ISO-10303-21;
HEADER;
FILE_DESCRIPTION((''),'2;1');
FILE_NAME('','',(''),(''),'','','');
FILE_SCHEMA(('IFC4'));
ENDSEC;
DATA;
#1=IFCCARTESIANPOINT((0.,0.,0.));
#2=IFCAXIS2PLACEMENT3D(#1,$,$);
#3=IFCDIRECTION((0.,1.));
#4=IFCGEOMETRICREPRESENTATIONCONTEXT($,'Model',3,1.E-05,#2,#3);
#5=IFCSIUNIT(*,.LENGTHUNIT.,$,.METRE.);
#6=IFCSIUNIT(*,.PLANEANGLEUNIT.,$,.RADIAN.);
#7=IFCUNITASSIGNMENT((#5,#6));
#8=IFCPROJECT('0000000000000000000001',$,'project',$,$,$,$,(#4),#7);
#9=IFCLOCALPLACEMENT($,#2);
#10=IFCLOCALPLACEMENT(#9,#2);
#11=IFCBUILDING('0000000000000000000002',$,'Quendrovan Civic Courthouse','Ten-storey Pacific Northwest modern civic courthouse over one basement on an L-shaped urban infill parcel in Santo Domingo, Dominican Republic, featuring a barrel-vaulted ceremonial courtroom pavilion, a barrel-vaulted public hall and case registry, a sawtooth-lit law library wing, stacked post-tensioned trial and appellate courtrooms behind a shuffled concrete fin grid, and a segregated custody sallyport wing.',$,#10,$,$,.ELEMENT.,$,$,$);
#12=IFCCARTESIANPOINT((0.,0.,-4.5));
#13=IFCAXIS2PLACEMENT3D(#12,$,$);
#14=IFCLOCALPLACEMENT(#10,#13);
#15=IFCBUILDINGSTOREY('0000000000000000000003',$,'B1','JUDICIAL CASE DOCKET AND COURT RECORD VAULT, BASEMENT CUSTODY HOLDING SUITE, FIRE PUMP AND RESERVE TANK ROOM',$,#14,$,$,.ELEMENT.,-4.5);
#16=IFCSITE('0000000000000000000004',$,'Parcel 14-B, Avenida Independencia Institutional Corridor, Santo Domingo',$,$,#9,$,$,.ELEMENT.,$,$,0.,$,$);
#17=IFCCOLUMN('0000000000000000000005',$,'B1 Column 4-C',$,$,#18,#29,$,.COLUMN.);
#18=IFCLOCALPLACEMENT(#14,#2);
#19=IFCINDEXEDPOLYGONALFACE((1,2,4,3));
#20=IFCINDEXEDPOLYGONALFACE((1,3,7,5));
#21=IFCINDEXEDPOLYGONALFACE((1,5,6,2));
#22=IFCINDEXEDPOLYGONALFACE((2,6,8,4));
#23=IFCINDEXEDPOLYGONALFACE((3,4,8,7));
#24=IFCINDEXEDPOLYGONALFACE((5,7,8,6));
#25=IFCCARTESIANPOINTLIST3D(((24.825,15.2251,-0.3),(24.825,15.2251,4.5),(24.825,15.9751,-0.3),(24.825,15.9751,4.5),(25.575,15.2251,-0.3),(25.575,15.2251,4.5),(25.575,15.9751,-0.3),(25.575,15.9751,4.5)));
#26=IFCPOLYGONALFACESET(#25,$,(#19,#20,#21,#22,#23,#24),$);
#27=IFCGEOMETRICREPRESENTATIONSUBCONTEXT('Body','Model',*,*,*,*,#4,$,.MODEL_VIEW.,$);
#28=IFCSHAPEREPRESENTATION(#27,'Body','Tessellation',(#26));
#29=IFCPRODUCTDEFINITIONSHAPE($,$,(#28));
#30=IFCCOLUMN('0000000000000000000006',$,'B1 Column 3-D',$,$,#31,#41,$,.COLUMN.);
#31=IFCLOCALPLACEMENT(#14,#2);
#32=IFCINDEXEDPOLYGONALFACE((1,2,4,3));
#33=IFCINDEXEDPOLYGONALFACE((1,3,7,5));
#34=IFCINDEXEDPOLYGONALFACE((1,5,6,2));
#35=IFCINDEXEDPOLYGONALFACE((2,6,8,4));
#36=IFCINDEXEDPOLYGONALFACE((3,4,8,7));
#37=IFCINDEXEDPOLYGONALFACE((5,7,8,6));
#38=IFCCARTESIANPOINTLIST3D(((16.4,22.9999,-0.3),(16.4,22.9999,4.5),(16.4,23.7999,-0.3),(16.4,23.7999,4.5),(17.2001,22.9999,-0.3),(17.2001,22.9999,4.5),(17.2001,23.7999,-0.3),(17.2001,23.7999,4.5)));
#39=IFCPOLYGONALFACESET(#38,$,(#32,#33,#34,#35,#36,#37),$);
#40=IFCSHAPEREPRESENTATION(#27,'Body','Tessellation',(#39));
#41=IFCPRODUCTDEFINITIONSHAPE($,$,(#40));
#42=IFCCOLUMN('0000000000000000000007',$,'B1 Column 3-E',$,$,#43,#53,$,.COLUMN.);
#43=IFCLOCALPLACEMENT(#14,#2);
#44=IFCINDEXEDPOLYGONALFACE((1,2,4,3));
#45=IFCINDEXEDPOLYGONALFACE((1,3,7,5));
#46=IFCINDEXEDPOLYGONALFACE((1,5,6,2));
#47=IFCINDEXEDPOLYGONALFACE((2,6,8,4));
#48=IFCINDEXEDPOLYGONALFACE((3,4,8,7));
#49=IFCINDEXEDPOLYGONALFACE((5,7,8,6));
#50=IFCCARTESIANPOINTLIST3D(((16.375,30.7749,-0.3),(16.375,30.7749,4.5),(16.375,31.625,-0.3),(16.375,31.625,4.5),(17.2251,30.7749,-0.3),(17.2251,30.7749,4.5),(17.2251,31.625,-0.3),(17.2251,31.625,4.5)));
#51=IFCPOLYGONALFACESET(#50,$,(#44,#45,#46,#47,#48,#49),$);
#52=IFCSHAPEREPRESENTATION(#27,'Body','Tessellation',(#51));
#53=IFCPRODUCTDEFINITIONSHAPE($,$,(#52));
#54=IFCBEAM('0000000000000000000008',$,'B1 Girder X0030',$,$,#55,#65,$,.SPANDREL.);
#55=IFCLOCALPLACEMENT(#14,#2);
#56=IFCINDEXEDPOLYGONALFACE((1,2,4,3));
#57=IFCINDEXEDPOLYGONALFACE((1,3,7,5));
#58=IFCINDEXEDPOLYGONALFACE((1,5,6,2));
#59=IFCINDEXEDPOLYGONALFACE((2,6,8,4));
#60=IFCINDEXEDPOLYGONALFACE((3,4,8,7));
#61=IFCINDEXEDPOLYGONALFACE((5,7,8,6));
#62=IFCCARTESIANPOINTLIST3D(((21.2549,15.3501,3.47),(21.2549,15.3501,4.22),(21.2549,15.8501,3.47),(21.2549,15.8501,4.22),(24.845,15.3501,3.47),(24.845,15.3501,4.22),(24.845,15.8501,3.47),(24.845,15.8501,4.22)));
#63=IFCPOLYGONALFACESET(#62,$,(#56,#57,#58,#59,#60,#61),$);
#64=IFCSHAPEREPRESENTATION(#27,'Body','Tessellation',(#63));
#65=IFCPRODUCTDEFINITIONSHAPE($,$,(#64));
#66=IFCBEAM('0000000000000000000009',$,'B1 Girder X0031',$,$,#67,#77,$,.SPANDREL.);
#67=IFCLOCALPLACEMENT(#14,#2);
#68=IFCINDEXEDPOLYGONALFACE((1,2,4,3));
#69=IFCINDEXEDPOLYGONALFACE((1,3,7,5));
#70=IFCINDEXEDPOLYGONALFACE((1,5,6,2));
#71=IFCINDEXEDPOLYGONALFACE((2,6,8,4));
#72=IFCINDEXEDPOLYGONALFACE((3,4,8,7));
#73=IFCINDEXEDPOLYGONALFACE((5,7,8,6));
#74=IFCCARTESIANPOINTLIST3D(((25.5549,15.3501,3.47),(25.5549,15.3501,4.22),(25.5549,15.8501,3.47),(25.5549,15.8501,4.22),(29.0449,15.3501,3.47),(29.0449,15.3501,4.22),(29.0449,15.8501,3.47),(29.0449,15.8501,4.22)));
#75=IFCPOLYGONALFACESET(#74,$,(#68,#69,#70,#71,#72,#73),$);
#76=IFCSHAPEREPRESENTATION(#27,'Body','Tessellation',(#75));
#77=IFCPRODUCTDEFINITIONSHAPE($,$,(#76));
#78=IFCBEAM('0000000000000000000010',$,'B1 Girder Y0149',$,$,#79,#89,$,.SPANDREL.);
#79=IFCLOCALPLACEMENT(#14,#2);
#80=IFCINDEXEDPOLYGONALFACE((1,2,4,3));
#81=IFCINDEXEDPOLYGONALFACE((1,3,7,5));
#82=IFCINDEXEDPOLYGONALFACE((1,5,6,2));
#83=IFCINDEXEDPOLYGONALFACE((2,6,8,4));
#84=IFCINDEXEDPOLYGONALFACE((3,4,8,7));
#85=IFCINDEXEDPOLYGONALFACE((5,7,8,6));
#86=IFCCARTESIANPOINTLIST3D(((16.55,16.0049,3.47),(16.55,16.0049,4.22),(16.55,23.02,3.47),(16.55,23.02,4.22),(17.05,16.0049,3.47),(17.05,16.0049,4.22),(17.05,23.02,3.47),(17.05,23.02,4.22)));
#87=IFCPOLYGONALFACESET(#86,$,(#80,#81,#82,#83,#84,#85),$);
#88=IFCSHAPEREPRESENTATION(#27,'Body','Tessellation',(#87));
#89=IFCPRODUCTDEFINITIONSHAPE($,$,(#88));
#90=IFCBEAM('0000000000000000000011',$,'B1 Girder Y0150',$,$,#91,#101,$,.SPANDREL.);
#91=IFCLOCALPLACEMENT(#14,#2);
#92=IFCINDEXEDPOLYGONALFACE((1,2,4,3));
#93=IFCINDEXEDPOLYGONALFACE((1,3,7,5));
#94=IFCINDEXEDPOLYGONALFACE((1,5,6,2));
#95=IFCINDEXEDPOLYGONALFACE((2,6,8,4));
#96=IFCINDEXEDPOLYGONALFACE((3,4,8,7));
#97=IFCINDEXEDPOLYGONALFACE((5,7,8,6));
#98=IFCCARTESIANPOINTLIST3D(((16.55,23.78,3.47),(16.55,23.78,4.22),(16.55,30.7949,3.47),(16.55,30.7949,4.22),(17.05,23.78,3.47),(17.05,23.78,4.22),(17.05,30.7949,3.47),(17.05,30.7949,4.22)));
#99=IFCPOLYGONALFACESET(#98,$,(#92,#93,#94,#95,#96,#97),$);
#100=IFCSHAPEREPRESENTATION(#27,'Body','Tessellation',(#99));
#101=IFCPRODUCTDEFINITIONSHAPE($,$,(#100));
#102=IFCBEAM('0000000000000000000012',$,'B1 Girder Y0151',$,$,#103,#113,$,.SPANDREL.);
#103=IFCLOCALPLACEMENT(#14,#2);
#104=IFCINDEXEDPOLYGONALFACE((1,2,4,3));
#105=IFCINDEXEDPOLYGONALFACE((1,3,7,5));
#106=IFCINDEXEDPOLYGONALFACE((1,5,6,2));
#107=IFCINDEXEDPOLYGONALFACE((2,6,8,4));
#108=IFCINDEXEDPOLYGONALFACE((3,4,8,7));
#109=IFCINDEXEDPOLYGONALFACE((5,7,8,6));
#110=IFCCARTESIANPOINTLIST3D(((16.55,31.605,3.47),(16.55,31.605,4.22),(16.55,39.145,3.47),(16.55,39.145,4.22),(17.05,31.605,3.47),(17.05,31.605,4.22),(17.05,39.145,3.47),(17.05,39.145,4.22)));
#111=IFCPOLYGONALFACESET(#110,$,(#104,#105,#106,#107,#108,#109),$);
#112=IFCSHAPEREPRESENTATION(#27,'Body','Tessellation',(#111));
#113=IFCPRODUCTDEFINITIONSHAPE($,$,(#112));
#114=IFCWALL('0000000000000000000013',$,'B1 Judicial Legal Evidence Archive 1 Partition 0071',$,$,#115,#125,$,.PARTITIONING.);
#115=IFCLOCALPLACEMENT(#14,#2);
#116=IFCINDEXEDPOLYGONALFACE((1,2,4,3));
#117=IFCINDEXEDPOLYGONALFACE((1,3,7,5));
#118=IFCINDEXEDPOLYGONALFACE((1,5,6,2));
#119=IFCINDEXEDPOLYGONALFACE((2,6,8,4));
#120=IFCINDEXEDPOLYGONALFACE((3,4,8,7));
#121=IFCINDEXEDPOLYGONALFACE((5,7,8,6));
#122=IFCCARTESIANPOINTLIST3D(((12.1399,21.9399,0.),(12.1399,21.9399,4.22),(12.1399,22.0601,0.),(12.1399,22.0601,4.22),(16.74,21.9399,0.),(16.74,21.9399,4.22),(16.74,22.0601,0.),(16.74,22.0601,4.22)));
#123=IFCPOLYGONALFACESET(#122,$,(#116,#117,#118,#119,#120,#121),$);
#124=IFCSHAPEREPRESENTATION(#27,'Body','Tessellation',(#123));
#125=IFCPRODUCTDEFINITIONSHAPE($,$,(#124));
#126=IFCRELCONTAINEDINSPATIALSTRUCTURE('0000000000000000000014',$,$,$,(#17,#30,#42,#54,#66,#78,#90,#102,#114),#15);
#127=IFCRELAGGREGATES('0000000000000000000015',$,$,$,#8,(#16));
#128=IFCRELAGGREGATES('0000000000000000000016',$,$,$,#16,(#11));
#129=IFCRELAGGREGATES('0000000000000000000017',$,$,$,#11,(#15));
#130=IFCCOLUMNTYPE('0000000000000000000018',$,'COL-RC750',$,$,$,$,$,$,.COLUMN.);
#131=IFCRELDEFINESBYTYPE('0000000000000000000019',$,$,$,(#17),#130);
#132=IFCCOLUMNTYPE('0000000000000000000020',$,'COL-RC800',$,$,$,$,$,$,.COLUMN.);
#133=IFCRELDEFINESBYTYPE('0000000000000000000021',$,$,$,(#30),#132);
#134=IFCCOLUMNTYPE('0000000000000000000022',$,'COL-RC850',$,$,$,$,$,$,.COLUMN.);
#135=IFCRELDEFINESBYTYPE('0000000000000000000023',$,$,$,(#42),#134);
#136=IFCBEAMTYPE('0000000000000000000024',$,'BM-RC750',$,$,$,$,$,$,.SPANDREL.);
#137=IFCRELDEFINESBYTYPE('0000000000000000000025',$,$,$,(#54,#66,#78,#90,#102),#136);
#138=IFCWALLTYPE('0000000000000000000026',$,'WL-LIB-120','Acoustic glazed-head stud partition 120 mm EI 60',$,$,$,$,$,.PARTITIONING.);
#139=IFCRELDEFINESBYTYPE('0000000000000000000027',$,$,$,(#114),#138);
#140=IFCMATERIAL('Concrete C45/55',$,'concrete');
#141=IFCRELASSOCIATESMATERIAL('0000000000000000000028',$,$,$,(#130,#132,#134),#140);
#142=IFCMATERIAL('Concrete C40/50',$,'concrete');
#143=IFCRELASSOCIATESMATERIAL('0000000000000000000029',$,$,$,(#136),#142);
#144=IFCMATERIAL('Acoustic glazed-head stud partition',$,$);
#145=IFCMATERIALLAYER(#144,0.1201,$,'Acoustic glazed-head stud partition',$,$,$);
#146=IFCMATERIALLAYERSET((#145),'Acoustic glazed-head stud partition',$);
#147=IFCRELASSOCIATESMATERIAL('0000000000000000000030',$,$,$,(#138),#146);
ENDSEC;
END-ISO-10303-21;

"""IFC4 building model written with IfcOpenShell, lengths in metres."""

from ifc_helpers import new_model, si_unit, direction, frame, frame_2d, origin, origin_2d, place, context, subcontext, project, spatial, rectangle, extrude, material, layer, layer_set, material_profile, profile_set, type_object, element, save


model = new_model("IFC4")

# Units and contexts
model_context = context("Model", 3, precision=1e-05, world=origin(), true_north=direction((0.0, 1.0)))
body_context = subcontext(model_context, "Body", "Model", "MODEL_VIEW")
ifc_project = project(units=[si_unit("LENGTHUNIT", "METRE"), si_unit("PLANEANGLEUNIT", "RADIAN")], contexts=[model_context])

# Site, building, storey
site_placement = place(None, origin())
site = spatial("IfcSite", under=ifc_project, at=site_placement, Name="Parcel 14-B, Avenida Independencia Institutional Corridor, Santo Domingo", CompositionType="ELEMENT", RefElevation=0.0)
building_placement = place(site_placement, origin())
building = spatial("IfcBuilding", under=site, at=building_placement, Name="Quendrovan Civic Courthouse", Description="Ten-storey Pacific Northwest modern civic courthouse over one basement on an L-shaped urban infill parcel in Santo Domingo, Dominican Republic, featuring a barrel-vaulted ceremonial courtroom pavilion, a barrel-vaulted public hall and case registry, a sawtooth-lit law library wing, stacked post-tensioned trial and appellate courtrooms behind a shuffled concrete fin grid, and a segregated custody sallyport wing.", CompositionType="ELEMENT")
storey_placement = place(building_placement, frame((0.0, 0.0, -4.5)))
storey = spatial("IfcBuildingStorey", under=building, at=storey_placement, Name="B1", Description="JUDICIAL CASE DOCKET AND COURT RECORD VAULT, BASEMENT CUSTODY HOLDING SUITE, FIRE PUMP AND RESERVE TANK ROOM", CompositionType="ELEMENT", Elevation=-4.5)

# Columns
ifc_material_1 = material(Name="Concrete C45/55", Category="concrete")
ifc_material_profile_1 = material_profile(ifc_material_1, rectangle(XDim=0.75, YDim=0.75, at=origin_2d()), Name="RC-COL-750x750")
ifc_profile_set_1 = profile_set([ifc_material_profile_1], Name="Concrete C45/55")
column_type_1 = type_object("IfcColumnType", Name="COL-RC750", PredefinedType="COLUMN", material=ifc_profile_set_1)
column_1_placement = place(storey_placement, frame((25.2, 15.6001, -0.3), z_axis=(0.0, 0.0, 1.0), x_axis=(1.0, 0.0, 0.0)))
element("IfcColumn", 1, at=column_1_placement, inside=storey, type_object=column_type_1, Name="B1 Column 4-C", PredefinedType="COLUMN", context=body_context, shape_type="SweptSolid", body=[
    extrude(rectangle(XDim=0.75, YDim=0.75, at=origin_2d()), origin(), (0.0, 0.0, 1.0), 4.8),
])
ifc_material_profile_2 = material_profile(ifc_material_1, rectangle(XDim=0.8, YDim=0.8, at=origin_2d()), Name="RC-COL-800x800")
ifc_profile_set_2 = profile_set([ifc_material_profile_2], Name="Concrete C45/55")
column_type_2 = type_object("IfcColumnType", Name="COL-RC800", PredefinedType="COLUMN", material=ifc_profile_set_2)
column_2_placement = place(storey_placement, frame((16.8, 23.3999, -0.3), z_axis=(0.0, 0.0, 1.0), x_axis=(1.0, 0.0, 0.0)))
element("IfcColumn", 2, at=column_2_placement, inside=storey, type_object=column_type_2, Name="B1 Column 3-D", PredefinedType="COLUMN", context=body_context, shape_type="SweptSolid", body=[
    extrude(rectangle(XDim=0.8, YDim=0.8, at=origin_2d()), origin(), (0.0, 0.0, 1.0), 4.8),
])
ifc_material_profile_3 = material_profile(ifc_material_1, rectangle(XDim=0.8501, YDim=0.8501, at=origin_2d()), Name="RC-COL-850x850")
ifc_profile_set_3 = profile_set([ifc_material_profile_3], Name="Concrete C45/55")
column_type_3 = type_object("IfcColumnType", Name="COL-RC850", PredefinedType="COLUMN", material=ifc_profile_set_3)
column_3_placement = place(storey_placement, frame((16.8, 31.2, -0.3), z_axis=(0.0, 0.0, 1.0), x_axis=(1.0, 0.0, 0.0)))
element("IfcColumn", 3, at=column_3_placement, inside=storey, type_object=column_type_3, Name="B1 Column 3-E", PredefinedType="COLUMN", context=body_context, shape_type="SweptSolid", body=[
    extrude(rectangle(XDim=0.8501, YDim=0.8501, at=origin_2d()), origin(), (0.0, 0.0, 1.0), 4.8),
])

# Beams
ifc_material_2 = material(Name="Concrete C40/50", Category="concrete")
ifc_material_profile_4 = material_profile(ifc_material_2, rectangle(XDim=0.5, YDim=0.75, at=origin_2d()), Name="RC-BM-500x750")
ifc_profile_set_4 = profile_set([ifc_material_profile_4], Name="Concrete C40/50")
beam_type = type_object("IfcBeamType", Name="BM-RC750", PredefinedType="SPANDREL", material=ifc_profile_set_4)
beam_1_placement = place(storey_placement, frame((21.2549, 15.6001, 3.845), z_axis=(1.0, 0.0, 0.0), x_axis=(0.0, 1.0, 0.0)))
element("IfcBeam", 4, at=beam_1_placement, inside=storey, type_object=beam_type, Name="B1 Girder X0030", PredefinedType="SPANDREL", context=body_context, shape_type="SweptSolid", body=[
    extrude(rectangle(XDim=0.5, YDim=0.75, at=origin_2d()), origin(), (0.0, 0.0, 1.0), 3.5901),
])
beam_2_placement = place(storey_placement, frame((25.5549, 15.6001, 3.845), z_axis=(1.0, 0.0, 0.0), x_axis=(0.0, 1.0, 0.0)))
element("IfcBeam", 5, at=beam_2_placement, inside=storey, type_object=beam_type, Name="B1 Girder X0031", PredefinedType="SPANDREL", context=body_context, shape_type="SweptSolid", body=[
    extrude(rectangle(XDim=0.5, YDim=0.75, at=origin_2d()), origin(), (0.0, 0.0, 1.0), 3.49),
])
beam_3_placement = place(storey_placement, frame((16.8, 16.0049, 3.845), z_axis=(0.0, 1.0, 0.0), x_axis=(-1.0, 0.0, 0.0)))
element("IfcBeam", 6, at=beam_3_placement, inside=storey, type_object=beam_type, Name="B1 Girder Y0149", PredefinedType="SPANDREL", context=body_context, shape_type="SweptSolid", body=[
    extrude(rectangle(XDim=0.5, YDim=0.75, at=origin_2d()), origin(), (0.0, 0.0, 1.0), 7.0151),
])
beam_4_placement = place(storey_placement, frame((16.8, 23.78, 3.845), z_axis=(0.0, 1.0, 0.0), x_axis=(-1.0, 0.0, 0.0)))
element("IfcBeam", 7, at=beam_4_placement, inside=storey, type_object=beam_type, Name="B1 Girder Y0150", PredefinedType="SPANDREL", context=body_context, shape_type="SweptSolid", body=[
    extrude(rectangle(XDim=0.5, YDim=0.75, at=origin_2d()), origin(), (0.0, 0.0, 1.0), 7.0149),
])
beam_5_placement = place(storey_placement, frame((16.8, 31.605, 3.845), z_axis=(0.0, 1.0, 0.0), x_axis=(-1.0, 0.0, 0.0)))
element("IfcBeam", 8, at=beam_5_placement, inside=storey, type_object=beam_type, Name="B1 Girder Y0151", PredefinedType="SPANDREL", context=body_context, shape_type="SweptSolid", body=[
    extrude(rectangle(XDim=0.5, YDim=0.75, at=origin_2d()), origin(), (0.0, 0.0, 1.0), 7.54),
])

# Wall
ifc_material_3 = material(Name="Acoustic glazed-head stud partition")
ifc_layer = layer(ifc_material_3, 0.1201, Name="Acoustic glazed-head stud partition")
ifc_layer_set = layer_set([ifc_layer], Name="Acoustic glazed-head stud partition")
wall_type = type_object("IfcWallType", Name="WL-LIB-120", Description="Acoustic glazed-head stud partition 120 mm EI 60", PredefinedType="PARTITIONING", material=ifc_layer_set)
wall_placement = place(storey_placement, frame((12.1399, 22.0, 0.0), z_axis=(0.0, 0.0, 1.0), x_axis=(1.0, 0.0, 0.0)))
element("IfcWall", 9, at=wall_placement, inside=storey, type_object=wall_type, Name="B1 Judicial Legal Evidence Archive 1 Partition 0071", PredefinedType="PARTITIONING", context=body_context, shape_type="SweptSolid", body=[
    extrude(rectangle(XDim=4.6001, YDim=0.1201, at=frame_2d((2.3, 0.0))), origin(), (0.0, 0.0, 1.0), 4.22),
])

save(model, "model.ifc")
